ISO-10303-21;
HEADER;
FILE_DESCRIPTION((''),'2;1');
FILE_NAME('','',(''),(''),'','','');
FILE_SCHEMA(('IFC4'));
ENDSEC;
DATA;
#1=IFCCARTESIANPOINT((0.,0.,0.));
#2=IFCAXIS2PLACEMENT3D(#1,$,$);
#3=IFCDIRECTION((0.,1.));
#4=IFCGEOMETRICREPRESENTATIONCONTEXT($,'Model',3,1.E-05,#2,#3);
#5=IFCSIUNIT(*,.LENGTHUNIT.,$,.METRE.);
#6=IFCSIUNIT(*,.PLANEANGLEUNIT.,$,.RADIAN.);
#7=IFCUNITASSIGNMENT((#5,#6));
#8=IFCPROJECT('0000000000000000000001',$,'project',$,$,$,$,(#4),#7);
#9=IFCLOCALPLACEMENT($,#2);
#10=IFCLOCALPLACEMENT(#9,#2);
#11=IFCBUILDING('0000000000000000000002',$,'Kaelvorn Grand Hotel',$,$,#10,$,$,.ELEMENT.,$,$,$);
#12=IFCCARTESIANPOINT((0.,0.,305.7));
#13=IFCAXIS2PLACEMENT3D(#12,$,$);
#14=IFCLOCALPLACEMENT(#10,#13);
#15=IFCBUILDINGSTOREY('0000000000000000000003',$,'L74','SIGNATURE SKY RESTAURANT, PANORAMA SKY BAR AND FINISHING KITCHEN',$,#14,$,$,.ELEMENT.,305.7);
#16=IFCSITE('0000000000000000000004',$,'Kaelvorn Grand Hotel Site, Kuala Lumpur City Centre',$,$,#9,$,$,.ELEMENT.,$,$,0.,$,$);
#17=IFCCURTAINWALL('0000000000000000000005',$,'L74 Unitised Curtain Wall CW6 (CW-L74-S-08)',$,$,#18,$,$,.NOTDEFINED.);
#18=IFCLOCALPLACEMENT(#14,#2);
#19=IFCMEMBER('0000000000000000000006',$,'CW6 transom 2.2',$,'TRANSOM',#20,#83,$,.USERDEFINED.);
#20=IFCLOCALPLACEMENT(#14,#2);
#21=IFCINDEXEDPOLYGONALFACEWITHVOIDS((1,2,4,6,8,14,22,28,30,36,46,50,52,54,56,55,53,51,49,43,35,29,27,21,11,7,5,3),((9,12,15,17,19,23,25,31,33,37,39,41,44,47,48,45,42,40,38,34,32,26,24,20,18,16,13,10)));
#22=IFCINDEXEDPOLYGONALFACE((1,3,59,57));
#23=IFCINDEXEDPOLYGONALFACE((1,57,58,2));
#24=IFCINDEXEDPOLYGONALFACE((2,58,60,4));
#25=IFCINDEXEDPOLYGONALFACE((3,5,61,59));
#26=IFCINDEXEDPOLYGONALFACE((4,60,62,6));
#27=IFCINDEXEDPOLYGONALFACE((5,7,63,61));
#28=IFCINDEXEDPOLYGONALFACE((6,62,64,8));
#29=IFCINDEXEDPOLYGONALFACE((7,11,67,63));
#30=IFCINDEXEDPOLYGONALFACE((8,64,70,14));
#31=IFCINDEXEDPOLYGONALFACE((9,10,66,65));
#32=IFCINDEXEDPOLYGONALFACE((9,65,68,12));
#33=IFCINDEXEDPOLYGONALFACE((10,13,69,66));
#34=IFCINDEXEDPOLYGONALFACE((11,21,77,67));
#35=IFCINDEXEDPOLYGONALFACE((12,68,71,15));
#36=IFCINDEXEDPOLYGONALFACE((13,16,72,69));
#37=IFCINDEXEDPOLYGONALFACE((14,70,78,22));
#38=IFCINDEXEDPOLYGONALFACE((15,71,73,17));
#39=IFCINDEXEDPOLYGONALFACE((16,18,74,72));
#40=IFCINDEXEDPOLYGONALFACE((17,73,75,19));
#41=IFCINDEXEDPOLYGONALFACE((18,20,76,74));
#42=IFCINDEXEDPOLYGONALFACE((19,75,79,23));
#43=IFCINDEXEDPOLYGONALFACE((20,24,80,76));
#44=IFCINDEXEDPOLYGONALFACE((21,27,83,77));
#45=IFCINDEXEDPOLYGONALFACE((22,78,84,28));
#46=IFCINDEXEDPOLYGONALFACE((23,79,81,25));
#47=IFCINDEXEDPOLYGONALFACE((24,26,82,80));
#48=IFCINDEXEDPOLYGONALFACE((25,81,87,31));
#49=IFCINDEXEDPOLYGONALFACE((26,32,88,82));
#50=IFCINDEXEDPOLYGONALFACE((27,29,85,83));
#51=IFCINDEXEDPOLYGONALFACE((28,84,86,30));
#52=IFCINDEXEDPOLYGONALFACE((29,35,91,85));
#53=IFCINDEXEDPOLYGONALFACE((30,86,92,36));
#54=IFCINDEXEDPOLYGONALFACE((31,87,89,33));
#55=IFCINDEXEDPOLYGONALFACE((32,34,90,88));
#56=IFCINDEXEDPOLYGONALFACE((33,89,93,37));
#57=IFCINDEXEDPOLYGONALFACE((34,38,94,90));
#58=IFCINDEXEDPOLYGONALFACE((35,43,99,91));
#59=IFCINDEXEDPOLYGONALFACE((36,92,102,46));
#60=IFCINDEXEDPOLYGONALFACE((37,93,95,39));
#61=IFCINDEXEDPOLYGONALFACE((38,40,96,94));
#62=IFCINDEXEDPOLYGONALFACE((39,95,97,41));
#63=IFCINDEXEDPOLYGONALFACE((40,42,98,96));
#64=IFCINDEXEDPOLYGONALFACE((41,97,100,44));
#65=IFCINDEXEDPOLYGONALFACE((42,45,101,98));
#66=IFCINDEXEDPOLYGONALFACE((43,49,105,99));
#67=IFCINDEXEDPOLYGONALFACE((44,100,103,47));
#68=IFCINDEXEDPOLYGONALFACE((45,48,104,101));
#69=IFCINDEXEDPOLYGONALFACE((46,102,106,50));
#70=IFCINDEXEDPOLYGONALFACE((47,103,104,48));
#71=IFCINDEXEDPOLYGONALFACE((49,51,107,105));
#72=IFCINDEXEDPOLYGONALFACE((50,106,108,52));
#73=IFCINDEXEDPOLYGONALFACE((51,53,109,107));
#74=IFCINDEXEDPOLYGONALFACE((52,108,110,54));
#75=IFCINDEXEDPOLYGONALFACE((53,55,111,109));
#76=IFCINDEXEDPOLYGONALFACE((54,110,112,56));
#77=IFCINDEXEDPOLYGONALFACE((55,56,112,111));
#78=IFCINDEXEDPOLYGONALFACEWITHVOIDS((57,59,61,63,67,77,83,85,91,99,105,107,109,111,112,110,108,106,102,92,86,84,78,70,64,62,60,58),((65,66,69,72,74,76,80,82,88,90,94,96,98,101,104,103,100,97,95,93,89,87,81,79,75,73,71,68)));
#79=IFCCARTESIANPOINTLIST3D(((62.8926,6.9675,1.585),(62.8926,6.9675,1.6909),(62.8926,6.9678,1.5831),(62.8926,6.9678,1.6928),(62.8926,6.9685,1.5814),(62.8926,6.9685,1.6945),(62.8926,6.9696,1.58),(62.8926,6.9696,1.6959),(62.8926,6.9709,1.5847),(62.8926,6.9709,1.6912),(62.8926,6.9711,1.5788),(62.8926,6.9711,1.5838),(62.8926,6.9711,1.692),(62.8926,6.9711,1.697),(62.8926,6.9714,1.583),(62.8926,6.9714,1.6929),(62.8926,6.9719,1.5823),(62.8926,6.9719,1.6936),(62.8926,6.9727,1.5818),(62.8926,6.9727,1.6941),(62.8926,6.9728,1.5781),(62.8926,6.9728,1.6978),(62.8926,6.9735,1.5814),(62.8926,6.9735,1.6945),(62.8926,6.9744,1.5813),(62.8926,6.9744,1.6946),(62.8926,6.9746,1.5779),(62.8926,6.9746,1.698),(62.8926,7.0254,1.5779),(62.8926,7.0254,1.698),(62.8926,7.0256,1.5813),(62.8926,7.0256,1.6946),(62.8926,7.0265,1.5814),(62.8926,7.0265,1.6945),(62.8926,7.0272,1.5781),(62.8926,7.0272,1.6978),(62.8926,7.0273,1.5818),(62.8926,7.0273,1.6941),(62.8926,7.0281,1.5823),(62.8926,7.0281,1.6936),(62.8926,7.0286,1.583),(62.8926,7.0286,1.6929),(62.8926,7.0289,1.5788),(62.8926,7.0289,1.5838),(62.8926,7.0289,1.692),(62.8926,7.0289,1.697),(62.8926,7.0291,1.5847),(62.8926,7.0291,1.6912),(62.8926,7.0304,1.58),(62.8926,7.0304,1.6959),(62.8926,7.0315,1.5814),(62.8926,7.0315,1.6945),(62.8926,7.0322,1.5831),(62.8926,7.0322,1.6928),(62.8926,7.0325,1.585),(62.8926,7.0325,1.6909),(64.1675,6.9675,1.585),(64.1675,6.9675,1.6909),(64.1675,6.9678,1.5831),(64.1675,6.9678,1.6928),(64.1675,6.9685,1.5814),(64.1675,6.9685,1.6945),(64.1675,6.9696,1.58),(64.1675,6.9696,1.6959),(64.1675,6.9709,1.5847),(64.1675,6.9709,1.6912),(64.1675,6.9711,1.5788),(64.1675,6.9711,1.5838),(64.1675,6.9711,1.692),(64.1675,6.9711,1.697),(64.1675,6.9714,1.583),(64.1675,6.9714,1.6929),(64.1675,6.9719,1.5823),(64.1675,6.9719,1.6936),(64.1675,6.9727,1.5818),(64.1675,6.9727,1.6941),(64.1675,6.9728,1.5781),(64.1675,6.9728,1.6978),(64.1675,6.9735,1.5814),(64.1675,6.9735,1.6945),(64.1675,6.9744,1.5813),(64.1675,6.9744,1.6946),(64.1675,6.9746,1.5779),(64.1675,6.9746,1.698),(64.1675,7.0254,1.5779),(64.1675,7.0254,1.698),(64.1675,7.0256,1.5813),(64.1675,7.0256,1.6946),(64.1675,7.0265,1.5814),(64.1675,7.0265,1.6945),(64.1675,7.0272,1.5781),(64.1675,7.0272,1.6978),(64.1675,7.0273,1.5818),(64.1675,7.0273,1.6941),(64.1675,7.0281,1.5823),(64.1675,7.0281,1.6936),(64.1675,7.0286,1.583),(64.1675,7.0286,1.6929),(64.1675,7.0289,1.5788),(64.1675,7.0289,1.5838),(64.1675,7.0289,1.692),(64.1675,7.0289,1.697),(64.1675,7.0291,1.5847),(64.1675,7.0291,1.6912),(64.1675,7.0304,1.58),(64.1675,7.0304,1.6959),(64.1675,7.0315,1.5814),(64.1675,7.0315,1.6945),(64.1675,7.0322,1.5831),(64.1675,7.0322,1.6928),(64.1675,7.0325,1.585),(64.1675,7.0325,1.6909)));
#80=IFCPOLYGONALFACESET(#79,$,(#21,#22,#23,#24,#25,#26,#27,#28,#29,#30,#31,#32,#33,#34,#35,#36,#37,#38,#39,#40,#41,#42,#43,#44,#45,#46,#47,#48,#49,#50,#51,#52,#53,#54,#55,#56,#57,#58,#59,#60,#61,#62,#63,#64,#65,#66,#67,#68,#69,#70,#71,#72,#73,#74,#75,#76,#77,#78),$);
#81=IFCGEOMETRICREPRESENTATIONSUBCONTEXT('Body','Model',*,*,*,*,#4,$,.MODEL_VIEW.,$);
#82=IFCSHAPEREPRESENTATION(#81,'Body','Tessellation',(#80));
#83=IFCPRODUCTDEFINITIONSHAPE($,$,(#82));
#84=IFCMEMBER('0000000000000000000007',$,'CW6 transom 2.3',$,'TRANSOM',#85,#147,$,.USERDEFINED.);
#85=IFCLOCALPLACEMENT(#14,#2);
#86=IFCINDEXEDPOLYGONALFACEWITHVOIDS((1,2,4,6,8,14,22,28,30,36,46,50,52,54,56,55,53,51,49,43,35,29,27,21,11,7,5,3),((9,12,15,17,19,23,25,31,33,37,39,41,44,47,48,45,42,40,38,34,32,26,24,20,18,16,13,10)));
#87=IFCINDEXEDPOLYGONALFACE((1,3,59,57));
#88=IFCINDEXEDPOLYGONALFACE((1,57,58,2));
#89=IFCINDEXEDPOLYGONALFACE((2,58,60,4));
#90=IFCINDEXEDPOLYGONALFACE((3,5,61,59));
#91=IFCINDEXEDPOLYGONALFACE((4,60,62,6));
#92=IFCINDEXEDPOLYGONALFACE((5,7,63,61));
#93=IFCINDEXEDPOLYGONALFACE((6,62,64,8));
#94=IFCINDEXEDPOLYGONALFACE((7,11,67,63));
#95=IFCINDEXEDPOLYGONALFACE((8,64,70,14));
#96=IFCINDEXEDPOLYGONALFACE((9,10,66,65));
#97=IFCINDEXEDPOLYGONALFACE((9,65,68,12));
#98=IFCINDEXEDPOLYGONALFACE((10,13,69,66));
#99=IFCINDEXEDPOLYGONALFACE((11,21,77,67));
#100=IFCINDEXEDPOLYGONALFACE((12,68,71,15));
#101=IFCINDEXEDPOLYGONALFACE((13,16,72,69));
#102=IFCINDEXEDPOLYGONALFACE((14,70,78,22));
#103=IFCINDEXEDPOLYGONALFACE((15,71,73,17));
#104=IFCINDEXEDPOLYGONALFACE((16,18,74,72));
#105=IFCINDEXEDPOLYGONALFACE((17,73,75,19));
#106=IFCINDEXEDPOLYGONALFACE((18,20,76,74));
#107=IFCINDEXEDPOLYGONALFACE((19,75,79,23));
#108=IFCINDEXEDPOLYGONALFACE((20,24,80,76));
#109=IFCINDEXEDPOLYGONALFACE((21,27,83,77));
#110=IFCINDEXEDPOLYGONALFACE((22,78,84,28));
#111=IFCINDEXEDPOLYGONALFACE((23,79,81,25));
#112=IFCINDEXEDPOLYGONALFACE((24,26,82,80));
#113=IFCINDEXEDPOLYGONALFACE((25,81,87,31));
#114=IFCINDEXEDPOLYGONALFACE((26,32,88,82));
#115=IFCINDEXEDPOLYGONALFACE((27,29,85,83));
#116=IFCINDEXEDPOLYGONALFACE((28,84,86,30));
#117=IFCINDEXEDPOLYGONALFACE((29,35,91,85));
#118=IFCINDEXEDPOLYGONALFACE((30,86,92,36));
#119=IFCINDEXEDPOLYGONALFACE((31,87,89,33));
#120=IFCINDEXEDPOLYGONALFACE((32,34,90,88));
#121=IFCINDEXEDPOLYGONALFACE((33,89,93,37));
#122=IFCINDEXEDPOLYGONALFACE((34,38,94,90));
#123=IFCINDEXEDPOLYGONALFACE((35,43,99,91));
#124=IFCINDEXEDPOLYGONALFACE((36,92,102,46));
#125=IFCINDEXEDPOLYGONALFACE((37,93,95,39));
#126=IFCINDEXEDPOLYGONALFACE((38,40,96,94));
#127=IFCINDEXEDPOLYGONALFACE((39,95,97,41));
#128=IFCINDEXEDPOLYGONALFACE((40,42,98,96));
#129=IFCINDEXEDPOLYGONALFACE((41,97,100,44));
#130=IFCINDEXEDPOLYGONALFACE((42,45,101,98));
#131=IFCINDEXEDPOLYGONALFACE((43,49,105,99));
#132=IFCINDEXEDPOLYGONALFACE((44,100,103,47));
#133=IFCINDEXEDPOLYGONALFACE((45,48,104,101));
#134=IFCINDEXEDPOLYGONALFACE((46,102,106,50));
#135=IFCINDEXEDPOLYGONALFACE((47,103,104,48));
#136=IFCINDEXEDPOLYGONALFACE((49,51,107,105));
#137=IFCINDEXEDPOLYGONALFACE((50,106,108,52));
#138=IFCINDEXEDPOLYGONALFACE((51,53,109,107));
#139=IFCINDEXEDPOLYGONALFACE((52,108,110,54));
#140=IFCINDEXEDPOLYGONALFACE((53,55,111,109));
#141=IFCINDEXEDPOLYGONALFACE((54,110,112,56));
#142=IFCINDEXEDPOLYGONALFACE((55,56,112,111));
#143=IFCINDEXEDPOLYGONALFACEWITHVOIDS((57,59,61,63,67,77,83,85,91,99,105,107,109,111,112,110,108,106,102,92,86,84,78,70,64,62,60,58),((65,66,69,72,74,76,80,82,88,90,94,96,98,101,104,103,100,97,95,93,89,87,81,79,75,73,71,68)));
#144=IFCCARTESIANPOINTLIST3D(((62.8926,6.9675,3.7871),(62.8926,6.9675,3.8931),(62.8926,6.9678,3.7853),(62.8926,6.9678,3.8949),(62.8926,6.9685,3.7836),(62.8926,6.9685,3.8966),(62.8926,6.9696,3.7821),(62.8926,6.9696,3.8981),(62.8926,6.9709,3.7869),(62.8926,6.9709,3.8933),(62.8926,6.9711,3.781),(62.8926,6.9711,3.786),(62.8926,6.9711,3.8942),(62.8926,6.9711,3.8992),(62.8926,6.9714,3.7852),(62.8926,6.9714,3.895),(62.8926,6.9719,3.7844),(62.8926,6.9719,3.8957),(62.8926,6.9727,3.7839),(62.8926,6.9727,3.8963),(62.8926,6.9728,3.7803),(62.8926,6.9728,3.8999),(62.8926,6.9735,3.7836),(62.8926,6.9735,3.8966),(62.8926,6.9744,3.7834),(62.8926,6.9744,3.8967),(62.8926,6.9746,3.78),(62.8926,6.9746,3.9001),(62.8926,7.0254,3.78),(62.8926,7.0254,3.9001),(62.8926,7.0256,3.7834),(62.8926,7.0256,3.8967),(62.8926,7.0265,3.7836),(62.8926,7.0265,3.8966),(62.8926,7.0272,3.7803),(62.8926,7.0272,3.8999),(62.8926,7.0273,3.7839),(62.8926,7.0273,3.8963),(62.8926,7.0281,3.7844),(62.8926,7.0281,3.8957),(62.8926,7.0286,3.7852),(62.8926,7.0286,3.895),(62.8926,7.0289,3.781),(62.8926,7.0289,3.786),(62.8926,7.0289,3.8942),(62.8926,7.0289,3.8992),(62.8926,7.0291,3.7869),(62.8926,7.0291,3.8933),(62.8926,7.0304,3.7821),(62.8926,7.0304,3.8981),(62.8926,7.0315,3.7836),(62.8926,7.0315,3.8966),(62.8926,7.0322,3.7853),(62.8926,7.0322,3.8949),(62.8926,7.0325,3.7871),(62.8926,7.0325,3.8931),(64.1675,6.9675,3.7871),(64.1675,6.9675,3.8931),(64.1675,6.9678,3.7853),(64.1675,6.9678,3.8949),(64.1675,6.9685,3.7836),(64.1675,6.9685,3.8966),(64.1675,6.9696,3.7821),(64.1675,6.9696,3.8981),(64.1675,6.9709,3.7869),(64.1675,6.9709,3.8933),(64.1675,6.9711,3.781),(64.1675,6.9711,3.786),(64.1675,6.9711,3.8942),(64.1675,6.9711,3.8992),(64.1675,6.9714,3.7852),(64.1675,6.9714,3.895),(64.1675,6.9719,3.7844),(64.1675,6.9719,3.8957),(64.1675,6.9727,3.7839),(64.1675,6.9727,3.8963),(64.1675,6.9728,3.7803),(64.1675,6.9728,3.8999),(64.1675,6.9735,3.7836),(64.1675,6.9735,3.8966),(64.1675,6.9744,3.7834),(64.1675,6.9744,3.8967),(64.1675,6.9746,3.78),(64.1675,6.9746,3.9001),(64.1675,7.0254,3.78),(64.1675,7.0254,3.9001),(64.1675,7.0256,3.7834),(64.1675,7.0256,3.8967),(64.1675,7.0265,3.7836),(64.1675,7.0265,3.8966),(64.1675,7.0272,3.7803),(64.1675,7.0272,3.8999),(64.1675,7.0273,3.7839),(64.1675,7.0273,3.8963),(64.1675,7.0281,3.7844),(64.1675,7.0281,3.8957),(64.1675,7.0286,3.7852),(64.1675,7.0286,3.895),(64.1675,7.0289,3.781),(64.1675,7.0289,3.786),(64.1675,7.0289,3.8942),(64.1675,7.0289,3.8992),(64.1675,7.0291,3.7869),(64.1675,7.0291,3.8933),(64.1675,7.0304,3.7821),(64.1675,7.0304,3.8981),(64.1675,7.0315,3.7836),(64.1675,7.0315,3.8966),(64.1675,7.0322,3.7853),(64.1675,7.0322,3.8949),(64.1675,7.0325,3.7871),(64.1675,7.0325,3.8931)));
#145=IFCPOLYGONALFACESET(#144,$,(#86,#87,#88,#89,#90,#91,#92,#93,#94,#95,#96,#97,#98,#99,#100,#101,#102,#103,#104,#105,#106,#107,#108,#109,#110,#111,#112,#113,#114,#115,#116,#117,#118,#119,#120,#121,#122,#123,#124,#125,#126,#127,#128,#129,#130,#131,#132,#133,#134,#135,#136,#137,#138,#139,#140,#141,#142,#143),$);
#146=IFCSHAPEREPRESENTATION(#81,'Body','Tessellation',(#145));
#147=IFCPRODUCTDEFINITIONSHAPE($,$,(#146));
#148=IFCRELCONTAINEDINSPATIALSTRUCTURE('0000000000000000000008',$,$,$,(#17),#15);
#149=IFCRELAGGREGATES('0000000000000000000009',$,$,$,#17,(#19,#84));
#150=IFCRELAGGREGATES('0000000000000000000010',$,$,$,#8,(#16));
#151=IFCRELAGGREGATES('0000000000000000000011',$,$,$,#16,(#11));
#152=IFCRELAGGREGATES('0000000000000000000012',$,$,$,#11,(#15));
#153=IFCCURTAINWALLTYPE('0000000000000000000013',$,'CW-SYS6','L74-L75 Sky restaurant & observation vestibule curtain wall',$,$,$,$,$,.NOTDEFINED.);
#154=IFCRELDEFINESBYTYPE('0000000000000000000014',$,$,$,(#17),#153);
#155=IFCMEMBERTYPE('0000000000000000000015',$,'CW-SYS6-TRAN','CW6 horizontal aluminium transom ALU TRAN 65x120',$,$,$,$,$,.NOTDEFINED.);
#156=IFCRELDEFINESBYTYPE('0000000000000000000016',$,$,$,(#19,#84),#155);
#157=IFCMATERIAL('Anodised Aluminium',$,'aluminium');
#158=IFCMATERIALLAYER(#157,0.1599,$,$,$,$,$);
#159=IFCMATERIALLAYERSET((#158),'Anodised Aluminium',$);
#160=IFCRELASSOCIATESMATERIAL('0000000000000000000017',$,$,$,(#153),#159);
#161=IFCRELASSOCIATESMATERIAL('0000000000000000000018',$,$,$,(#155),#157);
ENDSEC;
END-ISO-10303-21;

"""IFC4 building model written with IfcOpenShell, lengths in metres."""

from ifc_helpers import new_model, si_unit, direction, frame, origin, origin_2d, place, context, subcontext, project, spatial, hollow_rectangle, extrude, material, layer, layer_set, material_profile, profile_set, type_object, element, aggregate, save


model = new_model("IFC4")

# Units and contexts
model_context = context("Model", 3, precision=1e-05, world=origin(), true_north=direction((0.0, 1.0)))
body_context = subcontext(model_context, "Body", "Model", "MODEL_VIEW")
ifc_project = project(units=[si_unit("LENGTHUNIT", "METRE"), si_unit("PLANEANGLEUNIT", "RADIAN")], contexts=[model_context])

# Site, building, storey
site_placement = place(None, origin())
site = spatial("IfcSite", under=ifc_project, at=site_placement, Name="Kaelvorn Grand Hotel Site, Kuala Lumpur City Centre", CompositionType="ELEMENT", RefElevation=0.0)
building_placement = place(site_placement, origin())
building = spatial("IfcBuilding", under=site, at=building_placement, Name="Kaelvorn Grand Hotel", CompositionType="ELEMENT")
storey_placement = place(building_placement, frame((0.0, 0.0, 305.7)))
storey = spatial("IfcBuildingStorey", under=building, at=storey_placement, Name="L74", Description="SIGNATURE SKY RESTAURANT, PANORAMA SKY BAR AND FINISHING KITCHEN", CompositionType="ELEMENT", Elevation=305.7)

# Curtain wall, members
ifc_material_1 = material(Name="Anodised Aluminium", Category="aluminium")
ifc_layer_1 = layer(ifc_material_1, 0.1599)
ifc_layer_set_1 = layer_set([ifc_layer_1], Name="Anodised Aluminium")
curtain_wall_type = type_object("IfcCurtainWallType", Name="CW-SYS6", Description="L74-L75 Sky restaurant & observation vestibule curtain wall", PredefinedType="NOTDEFINED", material=ifc_layer_set_1)
curtain_wall_placement = place(storey_placement, origin())
curtain_wall = element("IfcCurtainWall", 1, at=curtain_wall_placement, inside=storey, type_object=curtain_wall_type, Name="L74 Unitised Curtain Wall CW6 (CW-L74-S-08)", PredefinedType="NOTDEFINED")
ifc_material_profile_1 = material_profile(ifc_material_1, hollow_rectangle(XDim=0.0649, YDim=0.1201, WallThickness=0.0034, InnerFilletRadius=0.0034, OuterFilletRadius=0.0071, at=origin_2d()), Name="ALU TRAN 65x120")
ifc_profile_set_1 = profile_set([ifc_material_profile_1], Name="Anodised Aluminium")
member_type_1 = type_object("IfcMemberType", Name="CW-SYS6-TRAN", Description="CW6 horizontal aluminium transom ALU TRAN 65x120", PredefinedType="NOTDEFINED", material=ifc_profile_set_1)
member_1_placement = place(storey_placement, frame((62.8926, 7.0, 1.6379), z_axis=(1.0, 0.0, 0.0), x_axis=(0.0, 1.0, 0.0)))
member_1 = element("IfcMember", 2, at=member_1_placement, type_object=member_type_1, Name="CW6 transom 2.2", ObjectType="TRANSOM", PredefinedType="USERDEFINED", context=body_context, shape_type="SweptSolid", body=[
    extrude(hollow_rectangle(XDim=0.0649, YDim=0.1201, WallThickness=0.0034, InnerFilletRadius=0.0034, OuterFilletRadius=0.0071, at=origin_2d()), origin(), (0.0, 0.0, 1.0), 1.2749),
])
member_2_placement = place(storey_placement, frame((62.8926, 7.0, 3.8401), z_axis=(1.0, 0.0, 0.0), x_axis=(0.0, 1.0, 0.0)))
member_2 = element("IfcMember", 3, at=member_2_placement, type_object=member_type_1, Name="CW6 transom 2.3", ObjectType="TRANSOM", PredefinedType="USERDEFINED", context=body_context, shape_type="SweptSolid", body=[
    extrude(hollow_rectangle(XDim=0.0649, YDim=0.1201, WallThickness=0.0034, InnerFilletRadius=0.0034, OuterFilletRadius=0.0071, at=origin_2d()), origin(), (0.0, 0.0, 1.0), 1.2749),
])
aggregate(curtain_wall, [member_1, member_2])

save(model, "model.ifc")
